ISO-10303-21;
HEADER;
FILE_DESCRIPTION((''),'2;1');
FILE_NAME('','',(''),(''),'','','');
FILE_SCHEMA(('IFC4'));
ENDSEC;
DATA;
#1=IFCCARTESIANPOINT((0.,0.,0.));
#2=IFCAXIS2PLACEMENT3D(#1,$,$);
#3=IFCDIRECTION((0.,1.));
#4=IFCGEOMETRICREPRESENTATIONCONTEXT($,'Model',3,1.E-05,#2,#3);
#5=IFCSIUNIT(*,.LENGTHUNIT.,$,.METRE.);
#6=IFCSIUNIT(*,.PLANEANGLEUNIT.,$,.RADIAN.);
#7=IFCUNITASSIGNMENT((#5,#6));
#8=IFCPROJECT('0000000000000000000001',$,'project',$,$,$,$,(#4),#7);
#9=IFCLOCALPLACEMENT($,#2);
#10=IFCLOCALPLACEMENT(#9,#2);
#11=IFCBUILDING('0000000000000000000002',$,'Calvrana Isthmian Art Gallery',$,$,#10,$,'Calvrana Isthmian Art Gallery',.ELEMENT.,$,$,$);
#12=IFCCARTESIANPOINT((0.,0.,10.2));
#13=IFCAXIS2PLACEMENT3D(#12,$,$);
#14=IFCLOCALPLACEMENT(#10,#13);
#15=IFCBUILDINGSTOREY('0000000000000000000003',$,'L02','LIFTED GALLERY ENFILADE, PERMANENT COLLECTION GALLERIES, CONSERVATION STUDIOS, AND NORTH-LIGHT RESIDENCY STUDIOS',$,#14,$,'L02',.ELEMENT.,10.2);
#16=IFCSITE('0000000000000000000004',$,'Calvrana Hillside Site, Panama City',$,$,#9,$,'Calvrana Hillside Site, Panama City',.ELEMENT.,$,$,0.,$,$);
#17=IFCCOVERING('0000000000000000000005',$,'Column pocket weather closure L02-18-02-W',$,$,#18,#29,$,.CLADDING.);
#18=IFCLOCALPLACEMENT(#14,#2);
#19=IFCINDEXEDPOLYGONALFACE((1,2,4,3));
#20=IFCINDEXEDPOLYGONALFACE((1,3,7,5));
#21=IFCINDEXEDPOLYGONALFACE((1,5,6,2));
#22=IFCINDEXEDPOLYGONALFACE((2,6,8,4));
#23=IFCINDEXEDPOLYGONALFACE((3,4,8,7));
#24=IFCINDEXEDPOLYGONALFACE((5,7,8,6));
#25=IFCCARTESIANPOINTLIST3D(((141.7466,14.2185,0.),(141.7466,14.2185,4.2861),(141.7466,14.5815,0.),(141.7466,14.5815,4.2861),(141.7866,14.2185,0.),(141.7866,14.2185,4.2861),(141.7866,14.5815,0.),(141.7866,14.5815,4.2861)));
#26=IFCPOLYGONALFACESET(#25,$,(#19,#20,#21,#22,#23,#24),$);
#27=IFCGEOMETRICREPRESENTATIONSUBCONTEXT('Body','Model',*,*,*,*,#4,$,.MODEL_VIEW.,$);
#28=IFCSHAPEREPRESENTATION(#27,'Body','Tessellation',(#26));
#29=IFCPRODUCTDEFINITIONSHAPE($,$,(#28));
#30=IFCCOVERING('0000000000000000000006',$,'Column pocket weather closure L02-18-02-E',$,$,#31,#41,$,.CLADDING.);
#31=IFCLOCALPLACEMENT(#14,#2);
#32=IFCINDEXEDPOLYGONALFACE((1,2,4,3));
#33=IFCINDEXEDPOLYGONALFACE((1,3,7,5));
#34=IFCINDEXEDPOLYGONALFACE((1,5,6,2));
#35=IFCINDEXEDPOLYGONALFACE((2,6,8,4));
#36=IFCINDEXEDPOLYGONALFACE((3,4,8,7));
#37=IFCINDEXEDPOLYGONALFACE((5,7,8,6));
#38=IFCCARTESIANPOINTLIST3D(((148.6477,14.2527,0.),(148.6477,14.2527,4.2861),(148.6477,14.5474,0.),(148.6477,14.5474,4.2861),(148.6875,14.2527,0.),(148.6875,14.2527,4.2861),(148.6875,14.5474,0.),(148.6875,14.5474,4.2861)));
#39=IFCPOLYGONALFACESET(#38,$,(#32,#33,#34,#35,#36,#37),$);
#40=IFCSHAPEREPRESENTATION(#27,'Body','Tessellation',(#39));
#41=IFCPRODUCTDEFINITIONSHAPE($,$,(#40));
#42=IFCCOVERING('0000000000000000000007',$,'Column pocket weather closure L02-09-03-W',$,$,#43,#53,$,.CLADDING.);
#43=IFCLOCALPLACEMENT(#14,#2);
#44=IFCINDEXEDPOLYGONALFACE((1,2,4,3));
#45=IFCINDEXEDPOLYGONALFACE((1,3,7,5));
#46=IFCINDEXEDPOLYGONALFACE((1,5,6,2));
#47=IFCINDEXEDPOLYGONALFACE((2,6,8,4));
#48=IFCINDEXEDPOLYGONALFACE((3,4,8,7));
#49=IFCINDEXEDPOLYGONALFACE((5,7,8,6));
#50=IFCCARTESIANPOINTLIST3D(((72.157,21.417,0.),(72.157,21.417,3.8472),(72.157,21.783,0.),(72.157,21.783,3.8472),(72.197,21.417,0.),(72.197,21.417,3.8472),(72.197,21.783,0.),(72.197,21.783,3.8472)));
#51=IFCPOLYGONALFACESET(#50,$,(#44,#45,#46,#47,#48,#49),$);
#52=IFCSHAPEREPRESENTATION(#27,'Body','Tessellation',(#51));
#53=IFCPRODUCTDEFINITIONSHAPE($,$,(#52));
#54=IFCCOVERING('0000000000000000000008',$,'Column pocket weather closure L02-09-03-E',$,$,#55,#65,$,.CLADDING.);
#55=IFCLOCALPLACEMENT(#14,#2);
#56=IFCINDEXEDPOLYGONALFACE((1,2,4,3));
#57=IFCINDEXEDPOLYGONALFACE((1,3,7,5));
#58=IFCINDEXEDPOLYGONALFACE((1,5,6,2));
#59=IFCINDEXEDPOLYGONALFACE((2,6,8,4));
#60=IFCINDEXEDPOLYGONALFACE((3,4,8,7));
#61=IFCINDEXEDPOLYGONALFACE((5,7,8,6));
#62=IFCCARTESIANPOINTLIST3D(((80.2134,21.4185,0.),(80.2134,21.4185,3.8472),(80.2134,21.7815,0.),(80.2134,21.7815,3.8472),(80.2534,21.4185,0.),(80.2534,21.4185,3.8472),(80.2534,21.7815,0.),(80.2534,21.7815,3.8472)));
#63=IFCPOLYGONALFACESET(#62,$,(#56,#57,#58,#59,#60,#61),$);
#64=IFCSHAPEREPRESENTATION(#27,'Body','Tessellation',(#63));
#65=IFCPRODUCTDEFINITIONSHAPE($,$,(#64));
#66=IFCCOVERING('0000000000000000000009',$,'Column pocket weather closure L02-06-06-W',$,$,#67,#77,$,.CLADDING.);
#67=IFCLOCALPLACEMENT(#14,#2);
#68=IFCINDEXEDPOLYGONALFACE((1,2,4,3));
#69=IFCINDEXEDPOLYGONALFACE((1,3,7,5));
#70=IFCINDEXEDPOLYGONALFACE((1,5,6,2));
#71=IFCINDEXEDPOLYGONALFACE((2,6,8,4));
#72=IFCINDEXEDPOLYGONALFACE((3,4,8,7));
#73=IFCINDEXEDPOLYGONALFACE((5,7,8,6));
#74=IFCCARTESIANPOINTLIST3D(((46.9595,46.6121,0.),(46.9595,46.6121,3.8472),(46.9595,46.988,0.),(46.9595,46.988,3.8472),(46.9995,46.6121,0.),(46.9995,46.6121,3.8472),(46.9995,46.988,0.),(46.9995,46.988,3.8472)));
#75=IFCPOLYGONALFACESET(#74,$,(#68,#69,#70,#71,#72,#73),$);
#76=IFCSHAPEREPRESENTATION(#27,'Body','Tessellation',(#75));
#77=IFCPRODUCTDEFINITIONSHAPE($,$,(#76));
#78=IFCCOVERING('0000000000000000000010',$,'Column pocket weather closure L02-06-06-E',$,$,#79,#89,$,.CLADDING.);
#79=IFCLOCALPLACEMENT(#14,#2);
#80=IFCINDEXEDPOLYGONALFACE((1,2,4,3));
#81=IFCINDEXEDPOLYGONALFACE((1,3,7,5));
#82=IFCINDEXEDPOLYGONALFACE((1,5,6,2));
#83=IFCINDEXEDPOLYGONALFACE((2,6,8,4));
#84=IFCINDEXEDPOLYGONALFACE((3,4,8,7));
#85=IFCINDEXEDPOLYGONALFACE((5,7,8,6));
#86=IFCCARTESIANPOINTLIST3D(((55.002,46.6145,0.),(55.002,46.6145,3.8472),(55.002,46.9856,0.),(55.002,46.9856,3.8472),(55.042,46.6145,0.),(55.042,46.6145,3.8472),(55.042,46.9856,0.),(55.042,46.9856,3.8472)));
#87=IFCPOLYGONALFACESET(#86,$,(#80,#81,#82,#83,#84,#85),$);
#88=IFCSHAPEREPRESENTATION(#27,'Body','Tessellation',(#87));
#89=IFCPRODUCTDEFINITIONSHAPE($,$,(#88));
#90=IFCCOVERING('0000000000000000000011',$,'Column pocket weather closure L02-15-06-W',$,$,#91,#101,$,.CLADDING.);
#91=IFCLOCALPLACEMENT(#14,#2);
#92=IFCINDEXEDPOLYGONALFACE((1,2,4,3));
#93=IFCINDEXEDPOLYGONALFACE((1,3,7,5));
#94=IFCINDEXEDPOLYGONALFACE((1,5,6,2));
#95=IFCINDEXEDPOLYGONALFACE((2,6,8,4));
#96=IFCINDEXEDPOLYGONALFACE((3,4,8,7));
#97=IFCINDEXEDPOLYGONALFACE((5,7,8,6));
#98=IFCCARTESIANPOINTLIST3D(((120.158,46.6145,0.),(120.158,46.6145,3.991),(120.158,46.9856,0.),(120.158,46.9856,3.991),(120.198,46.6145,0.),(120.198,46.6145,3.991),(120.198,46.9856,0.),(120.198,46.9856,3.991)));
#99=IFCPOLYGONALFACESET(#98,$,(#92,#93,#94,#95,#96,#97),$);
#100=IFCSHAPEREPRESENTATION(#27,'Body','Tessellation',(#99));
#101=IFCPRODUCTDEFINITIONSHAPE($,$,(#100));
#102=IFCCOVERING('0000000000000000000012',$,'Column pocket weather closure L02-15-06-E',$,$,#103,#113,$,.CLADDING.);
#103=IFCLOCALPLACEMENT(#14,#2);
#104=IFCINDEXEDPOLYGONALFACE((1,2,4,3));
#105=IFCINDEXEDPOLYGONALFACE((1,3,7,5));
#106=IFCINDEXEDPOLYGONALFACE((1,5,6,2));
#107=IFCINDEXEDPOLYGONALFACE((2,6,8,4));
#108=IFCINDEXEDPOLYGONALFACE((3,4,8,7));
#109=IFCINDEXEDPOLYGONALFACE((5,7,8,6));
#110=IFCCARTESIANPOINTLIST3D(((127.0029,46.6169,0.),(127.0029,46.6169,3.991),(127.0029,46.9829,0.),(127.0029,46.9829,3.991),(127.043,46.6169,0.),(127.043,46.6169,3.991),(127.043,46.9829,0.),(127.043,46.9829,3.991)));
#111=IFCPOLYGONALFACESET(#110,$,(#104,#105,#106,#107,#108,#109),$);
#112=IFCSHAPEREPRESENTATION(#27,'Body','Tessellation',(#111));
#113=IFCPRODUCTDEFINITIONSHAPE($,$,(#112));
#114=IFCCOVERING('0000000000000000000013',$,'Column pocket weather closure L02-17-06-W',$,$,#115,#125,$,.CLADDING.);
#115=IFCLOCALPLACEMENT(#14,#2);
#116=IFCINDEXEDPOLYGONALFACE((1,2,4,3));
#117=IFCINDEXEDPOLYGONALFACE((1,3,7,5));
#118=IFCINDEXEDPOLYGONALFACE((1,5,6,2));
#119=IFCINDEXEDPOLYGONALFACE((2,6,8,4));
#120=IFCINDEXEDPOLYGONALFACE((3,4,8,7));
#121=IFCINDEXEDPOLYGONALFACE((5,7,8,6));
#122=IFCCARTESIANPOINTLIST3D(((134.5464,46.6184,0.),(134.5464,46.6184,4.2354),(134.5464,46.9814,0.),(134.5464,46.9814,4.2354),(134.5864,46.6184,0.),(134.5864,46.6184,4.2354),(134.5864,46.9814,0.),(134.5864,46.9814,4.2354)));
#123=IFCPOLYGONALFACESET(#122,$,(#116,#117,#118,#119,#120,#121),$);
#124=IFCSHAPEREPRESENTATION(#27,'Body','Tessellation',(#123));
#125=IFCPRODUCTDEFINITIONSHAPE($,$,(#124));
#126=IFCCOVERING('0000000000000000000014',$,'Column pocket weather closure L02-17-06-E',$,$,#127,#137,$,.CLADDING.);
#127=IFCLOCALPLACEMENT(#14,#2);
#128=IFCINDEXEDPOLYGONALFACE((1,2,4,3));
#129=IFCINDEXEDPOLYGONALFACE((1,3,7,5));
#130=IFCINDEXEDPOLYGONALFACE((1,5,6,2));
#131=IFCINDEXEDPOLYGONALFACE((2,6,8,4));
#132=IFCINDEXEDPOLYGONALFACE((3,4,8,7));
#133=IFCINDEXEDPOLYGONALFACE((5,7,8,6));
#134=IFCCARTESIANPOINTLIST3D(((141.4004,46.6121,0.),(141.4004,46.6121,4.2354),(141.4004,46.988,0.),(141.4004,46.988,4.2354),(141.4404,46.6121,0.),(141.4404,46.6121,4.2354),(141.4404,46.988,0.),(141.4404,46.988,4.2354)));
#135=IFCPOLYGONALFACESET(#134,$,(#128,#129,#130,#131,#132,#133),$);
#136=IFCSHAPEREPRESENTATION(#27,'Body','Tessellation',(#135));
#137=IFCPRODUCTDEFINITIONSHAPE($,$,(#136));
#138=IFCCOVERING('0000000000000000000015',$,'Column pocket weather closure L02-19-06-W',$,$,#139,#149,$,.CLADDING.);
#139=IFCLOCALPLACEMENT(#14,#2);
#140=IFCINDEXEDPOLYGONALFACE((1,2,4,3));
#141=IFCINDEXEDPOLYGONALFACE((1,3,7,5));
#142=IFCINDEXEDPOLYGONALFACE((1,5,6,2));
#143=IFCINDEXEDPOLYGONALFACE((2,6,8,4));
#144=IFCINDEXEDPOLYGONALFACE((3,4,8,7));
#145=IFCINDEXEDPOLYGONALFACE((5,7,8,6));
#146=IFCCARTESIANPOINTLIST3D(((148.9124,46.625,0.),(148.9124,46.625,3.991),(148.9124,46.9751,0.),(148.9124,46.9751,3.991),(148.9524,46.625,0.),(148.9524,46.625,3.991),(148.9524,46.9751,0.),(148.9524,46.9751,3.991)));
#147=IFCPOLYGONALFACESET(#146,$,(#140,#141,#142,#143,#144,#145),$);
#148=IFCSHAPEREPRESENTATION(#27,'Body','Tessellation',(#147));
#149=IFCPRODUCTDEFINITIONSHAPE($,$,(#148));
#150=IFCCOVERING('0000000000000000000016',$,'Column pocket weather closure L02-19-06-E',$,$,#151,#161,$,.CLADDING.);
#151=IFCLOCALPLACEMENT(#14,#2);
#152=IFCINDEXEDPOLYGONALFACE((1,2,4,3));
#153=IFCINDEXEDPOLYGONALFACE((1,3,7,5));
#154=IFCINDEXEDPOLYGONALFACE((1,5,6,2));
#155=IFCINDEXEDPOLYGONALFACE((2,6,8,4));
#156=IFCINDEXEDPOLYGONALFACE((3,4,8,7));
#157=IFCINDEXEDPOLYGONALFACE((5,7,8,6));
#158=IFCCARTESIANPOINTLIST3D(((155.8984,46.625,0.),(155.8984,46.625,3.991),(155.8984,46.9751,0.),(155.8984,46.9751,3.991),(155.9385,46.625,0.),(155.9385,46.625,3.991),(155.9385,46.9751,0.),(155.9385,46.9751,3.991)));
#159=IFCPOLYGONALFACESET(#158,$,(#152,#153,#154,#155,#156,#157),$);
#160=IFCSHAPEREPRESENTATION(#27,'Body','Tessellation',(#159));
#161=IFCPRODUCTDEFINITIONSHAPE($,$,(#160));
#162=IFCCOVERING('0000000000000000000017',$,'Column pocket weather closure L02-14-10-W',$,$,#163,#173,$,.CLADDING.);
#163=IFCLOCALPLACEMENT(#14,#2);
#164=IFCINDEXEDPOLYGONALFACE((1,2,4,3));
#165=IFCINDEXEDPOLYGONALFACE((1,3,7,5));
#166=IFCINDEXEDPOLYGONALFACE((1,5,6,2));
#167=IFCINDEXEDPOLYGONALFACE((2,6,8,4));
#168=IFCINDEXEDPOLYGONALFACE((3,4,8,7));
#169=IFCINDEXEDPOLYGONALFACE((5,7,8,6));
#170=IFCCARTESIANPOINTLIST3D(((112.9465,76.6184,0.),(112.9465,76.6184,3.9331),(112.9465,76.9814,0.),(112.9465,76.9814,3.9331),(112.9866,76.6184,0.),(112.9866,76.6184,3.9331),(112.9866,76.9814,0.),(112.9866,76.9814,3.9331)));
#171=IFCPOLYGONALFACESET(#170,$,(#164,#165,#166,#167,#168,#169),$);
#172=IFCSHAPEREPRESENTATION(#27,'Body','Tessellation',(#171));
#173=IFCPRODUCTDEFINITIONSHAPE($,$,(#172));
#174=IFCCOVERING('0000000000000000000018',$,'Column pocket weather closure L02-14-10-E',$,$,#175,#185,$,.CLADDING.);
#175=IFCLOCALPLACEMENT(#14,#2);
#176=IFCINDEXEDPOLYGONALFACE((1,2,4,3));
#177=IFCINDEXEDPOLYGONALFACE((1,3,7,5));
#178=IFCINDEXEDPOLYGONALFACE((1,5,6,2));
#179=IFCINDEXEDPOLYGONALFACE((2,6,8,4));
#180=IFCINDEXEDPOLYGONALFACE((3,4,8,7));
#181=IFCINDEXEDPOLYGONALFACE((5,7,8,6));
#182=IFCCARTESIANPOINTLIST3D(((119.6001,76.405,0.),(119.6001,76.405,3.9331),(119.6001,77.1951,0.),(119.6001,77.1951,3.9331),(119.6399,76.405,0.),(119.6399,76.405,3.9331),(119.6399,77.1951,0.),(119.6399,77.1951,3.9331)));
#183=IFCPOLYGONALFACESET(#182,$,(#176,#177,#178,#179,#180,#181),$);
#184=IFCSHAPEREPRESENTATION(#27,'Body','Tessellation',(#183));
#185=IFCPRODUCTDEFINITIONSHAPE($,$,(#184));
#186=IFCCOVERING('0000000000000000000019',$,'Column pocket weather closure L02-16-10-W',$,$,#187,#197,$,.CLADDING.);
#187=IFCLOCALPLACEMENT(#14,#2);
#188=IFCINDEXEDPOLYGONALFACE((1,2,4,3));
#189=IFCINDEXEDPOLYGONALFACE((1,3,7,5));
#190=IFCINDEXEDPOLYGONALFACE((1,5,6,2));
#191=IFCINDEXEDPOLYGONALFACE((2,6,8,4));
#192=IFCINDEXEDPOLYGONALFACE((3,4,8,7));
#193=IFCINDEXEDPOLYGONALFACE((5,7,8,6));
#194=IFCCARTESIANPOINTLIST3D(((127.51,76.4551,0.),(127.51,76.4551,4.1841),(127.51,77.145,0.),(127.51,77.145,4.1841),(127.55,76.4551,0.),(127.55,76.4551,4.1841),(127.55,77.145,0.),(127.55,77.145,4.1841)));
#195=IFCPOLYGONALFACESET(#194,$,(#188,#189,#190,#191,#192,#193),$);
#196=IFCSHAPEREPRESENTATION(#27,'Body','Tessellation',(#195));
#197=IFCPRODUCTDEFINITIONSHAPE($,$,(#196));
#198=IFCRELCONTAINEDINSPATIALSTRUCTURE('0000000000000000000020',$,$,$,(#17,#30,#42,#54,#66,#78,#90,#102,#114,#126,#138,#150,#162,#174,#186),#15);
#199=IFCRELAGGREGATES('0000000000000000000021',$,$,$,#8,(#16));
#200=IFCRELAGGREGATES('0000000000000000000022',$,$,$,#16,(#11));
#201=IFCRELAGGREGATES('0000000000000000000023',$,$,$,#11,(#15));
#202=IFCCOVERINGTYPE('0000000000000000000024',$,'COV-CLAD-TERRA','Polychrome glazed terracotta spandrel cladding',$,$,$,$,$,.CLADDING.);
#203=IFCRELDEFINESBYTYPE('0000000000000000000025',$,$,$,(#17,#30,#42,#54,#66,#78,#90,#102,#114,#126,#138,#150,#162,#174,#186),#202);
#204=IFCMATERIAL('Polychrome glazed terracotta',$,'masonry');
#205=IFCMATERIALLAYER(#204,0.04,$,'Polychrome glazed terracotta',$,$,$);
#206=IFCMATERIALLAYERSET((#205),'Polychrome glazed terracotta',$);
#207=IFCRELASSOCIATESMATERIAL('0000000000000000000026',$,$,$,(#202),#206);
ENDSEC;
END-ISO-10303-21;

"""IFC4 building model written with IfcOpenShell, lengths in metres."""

from ifc_helpers import new_model, si_unit, direction, frame, origin, place, context, subcontext, project, spatial, polyline, outline, extrude, material, layer, layer_set, type_object, element, save


model = new_model("IFC4")

# Units and contexts
model_context = context("Model", 3, precision=1e-05, world=origin(), true_north=direction((0.0, 1.0)))
body_context = subcontext(model_context, "Body", "Model", "MODEL_VIEW")
ifc_project = project(units=[si_unit("LENGTHUNIT", "METRE"), si_unit("PLANEANGLEUNIT", "RADIAN")], contexts=[model_context])

# Site, building, storey
site_placement = place(None, origin())
site = spatial("IfcSite", under=ifc_project, at=site_placement, Name="Calvrana Hillside Site, Panama City", LongName="Calvrana Hillside Site, Panama City", CompositionType="ELEMENT", RefElevation=0.0)
building_placement = place(site_placement, origin())
building = spatial("IfcBuilding", under=site, at=building_placement, Name="Calvrana Isthmian Art Gallery", LongName="Calvrana Isthmian Art Gallery", CompositionType="ELEMENT")
storey_placement = place(building_placement, frame((0.0, 0.0, 10.2)))
storey = spatial("IfcBuildingStorey", under=building, at=storey_placement, Name="L02", Description="LIFTED GALLERY ENFILADE, PERMANENT COLLECTION GALLERIES, CONSERVATION STUDIOS, AND NORTH-LIGHT RESIDENCY STUDIOS", LongName="L02", CompositionType="ELEMENT", Elevation=10.2)

# Coverings
ifc_material = material(Name="Polychrome glazed terracotta", Category="masonry")
ifc_layer = layer(ifc_material, 0.04, Name="Polychrome glazed terracotta")
ifc_layer_set = layer_set([ifc_layer], Name="Polychrome glazed terracotta")
covering_type = type_object("IfcCoveringType", Name="COV-CLAD-TERRA", Description="Polychrome glazed terracotta spandrel cladding", PredefinedType="CLADDING", material=ifc_layer_set)
covering_1_placement = place(storey_placement, origin())
element("IfcCovering", 1, at=covering_1_placement, inside=storey, type_object=covering_type, Name="Column pocket weather closure L02-18-02-W", PredefinedType="CLADDING", context=body_context, shape_type="SweptSolid", body=[
    extrude(outline(polyline([(141.7466, 14.2185), (141.7866, 14.2185), (141.7866, 14.5815), (141.7466, 14.5815), (141.7466, 14.2185)])), origin(), (0.0, 0.0, 1.0), 4.2861),
])
covering_2_placement = place(storey_placement, origin())
element("IfcCovering", 2, at=covering_2_placement, inside=storey, type_object=covering_type, Name="Column pocket weather closure L02-18-02-E", PredefinedType="CLADDING", context=body_context, shape_type="SweptSolid", body=[
    extrude(outline(polyline([(148.6477, 14.2527), (148.6875, 14.2527), (148.6875, 14.5474), (148.6477, 14.5474), (148.6477, 14.2527)])), origin(), (0.0, 0.0, 1.0), 4.2861),
])
covering_3_placement = place(storey_placement, origin())
element("IfcCovering", 3, at=covering_3_placement, inside=storey, type_object=covering_type, Name="Column pocket weather closure L02-09-03-W", PredefinedType="CLADDING", context=body_context, shape_type="SweptSolid", body=[
    extrude(outline(polyline([(72.157, 21.417), (72.197, 21.417), (72.197, 21.783), (72.157, 21.783), (72.157, 21.417)])), origin(), (0.0, 0.0, 1.0), 3.8472),
])
covering_4_placement = place(storey_placement, origin())
element("IfcCovering", 4, at=covering_4_placement, inside=storey, type_object=covering_type, Name="Column pocket weather closure L02-09-03-E", PredefinedType="CLADDING", context=body_context, shape_type="SweptSolid", body=[
    extrude(outline(polyline([(80.2134, 21.4185), (80.2534, 21.4185), (80.2534, 21.7815), (80.2134, 21.7815), (80.2134, 21.4185)])), origin(), (0.0, 0.0, 1.0), 3.8472),
])
covering_5_placement = place(storey_placement, origin())
element("IfcCovering", 5, at=covering_5_placement, inside=storey, type_object=covering_type, Name="Column pocket weather closure L02-06-06-W", PredefinedType="CLADDING", context=body_context, shape_type="SweptSolid", body=[
    extrude(outline(polyline([(46.9595, 46.6121), (46.9995, 46.6121), (46.9995, 46.988), (46.9595, 46.988), (46.9595, 46.6121)])), origin(), (0.0, 0.0, 1.0), 3.8472),
])
covering_6_placement = place(storey_placement, origin())
element("IfcCovering", 6, at=covering_6_placement, inside=storey, type_object=covering_type, Name="Column pocket weather closure L02-06-06-E", PredefinedType="CLADDING", context=body_context, shape_type="SweptSolid", body=[
    extrude(outline(polyline([(55.002, 46.6145), (55.042, 46.6145), (55.042, 46.9856), (55.002, 46.9856), (55.002, 46.6145)])), origin(), (0.0, 0.0, 1.0), 3.8472),
])
covering_7_placement = place(storey_placement, origin())
element("IfcCovering", 7, at=covering_7_placement, inside=storey, type_object=covering_type, Name="Column pocket weather closure L02-15-06-W", PredefinedType="CLADDING", context=body_context, shape_type="SweptSolid", body=[
    extrude(outline(polyline([(120.158, 46.6145), (120.198, 46.6145), (120.198, 46.9856), (120.158, 46.9856), (120.158, 46.6145)])), origin(), (0.0, 0.0, 1.0), 3.991),
])
covering_8_placement = place(storey_placement, origin())
element("IfcCovering", 8, at=covering_8_placement, inside=storey, type_object=covering_type, Name="Column pocket weather closure L02-15-06-E", PredefinedType="CLADDING", context=body_context, shape_type="SweptSolid", body=[
    extrude(outline(polyline([(127.0029, 46.6169), (127.043, 46.6169), (127.043, 46.9829), (127.0029, 46.9829), (127.0029, 46.6169)])), origin(), (0.0, 0.0, 1.0), 3.991),
])
covering_9_placement = place(storey_placement, origin())
element("IfcCovering", 9, at=covering_9_placement, inside=storey, type_object=covering_type, Name="Column pocket weather closure L02-17-06-W", PredefinedType="CLADDING", context=body_context, shape_type="SweptSolid", body=[
    extrude(outline(polyline([(134.5464, 46.6184), (134.5864, 46.6184), (134.5864, 46.9814), (134.5464, 46.9814), (134.5464, 46.6184)])), origin(), (0.0, 0.0, 1.0), 4.2354),
])
covering_10_placement = place(storey_placement, origin())
element("IfcCovering", 10, at=covering_10_placement, inside=storey, type_object=covering_type, Name="Column pocket weather closure L02-17-06-E", PredefinedType="CLADDING", context=body_context, shape_type="SweptSolid", body=[
    extrude(outline(polyline([(141.4004, 46.6121), (141.4404, 46.6121), (141.4404, 46.988), (141.4004, 46.988), (141.4004, 46.6121)])), origin(), (0.0, 0.0, 1.0), 4.2354),
])
covering_11_placement = place(storey_placement, origin())
element("IfcCovering", 11, at=covering_11_placement, inside=storey, type_object=covering_type, Name="Column pocket weather closure L02-19-06-W", PredefinedType="CLADDING", context=body_context, shape_type="SweptSolid", body=[
    extrude(outline(polyline([(148.9124, 46.625), (148.9524, 46.625), (148.9524, 46.9751), (148.9124, 46.9751), (148.9124, 46.625)])), origin(), (0.0, 0.0, 1.0), 3.991),
])
covering_12_placement = place(storey_placement, origin())
element("IfcCovering", 12, at=covering_12_placement, inside=storey, type_object=covering_type, Name="Column pocket weather closure L02-19-06-E", PredefinedType="CLADDING", context=body_context, shape_type="SweptSolid", body=[
    extrude(outline(polyline([(155.8984, 46.625), (155.9385, 46.625), (155.9385, 46.9751), (155.8984, 46.9751), (155.8984, 46.625)])), origin(), (0.0, 0.0, 1.0), 3.991),
])
covering_13_placement = place(storey_placement, origin())
element("IfcCovering", 13, at=covering_13_placement, inside=storey, type_object=covering_type, Name="Column pocket weather closure L02-14-10-W", PredefinedType="CLADDING", context=body_context, shape_type="SweptSolid", body=[
    extrude(outline(polyline([(112.9465, 76.6184), (112.9866, 76.6184), (112.9866, 76.9814), (112.9465, 76.9814), (112.9465, 76.6184)])), origin(), (0.0, 0.0, 1.0), 3.9331),
])
covering_14_placement = place(storey_placement, origin())
element("IfcCovering", 14, at=covering_14_placement, inside=storey, type_object=covering_type, Name="Column pocket weather closure L02-14-10-E", PredefinedType="CLADDING", context=body_context, shape_type="SweptSolid", body=[
    extrude(outline(polyline([(119.6001, 76.405), (119.6399, 76.405), (119.6399, 77.1951), (119.6001, 77.1951), (119.6001, 76.405)])), origin(), (0.0, 0.0, 1.0), 3.9331),
])
covering_15_placement = place(storey_placement, origin())
element("IfcCovering", 15, at=covering_15_placement, inside=storey, type_object=covering_type, Name="Column pocket weather closure L02-16-10-W", PredefinedType="CLADDING", context=body_context, shape_type="SweptSolid", body=[
    extrude(outline(polyline([(127.51, 76.4551), (127.55, 76.4551), (127.55, 77.145), (127.51, 77.145), (127.51, 76.4551)])), origin(), (0.0, 0.0, 1.0), 4.1841),
])

save(model, "model.ifc")
